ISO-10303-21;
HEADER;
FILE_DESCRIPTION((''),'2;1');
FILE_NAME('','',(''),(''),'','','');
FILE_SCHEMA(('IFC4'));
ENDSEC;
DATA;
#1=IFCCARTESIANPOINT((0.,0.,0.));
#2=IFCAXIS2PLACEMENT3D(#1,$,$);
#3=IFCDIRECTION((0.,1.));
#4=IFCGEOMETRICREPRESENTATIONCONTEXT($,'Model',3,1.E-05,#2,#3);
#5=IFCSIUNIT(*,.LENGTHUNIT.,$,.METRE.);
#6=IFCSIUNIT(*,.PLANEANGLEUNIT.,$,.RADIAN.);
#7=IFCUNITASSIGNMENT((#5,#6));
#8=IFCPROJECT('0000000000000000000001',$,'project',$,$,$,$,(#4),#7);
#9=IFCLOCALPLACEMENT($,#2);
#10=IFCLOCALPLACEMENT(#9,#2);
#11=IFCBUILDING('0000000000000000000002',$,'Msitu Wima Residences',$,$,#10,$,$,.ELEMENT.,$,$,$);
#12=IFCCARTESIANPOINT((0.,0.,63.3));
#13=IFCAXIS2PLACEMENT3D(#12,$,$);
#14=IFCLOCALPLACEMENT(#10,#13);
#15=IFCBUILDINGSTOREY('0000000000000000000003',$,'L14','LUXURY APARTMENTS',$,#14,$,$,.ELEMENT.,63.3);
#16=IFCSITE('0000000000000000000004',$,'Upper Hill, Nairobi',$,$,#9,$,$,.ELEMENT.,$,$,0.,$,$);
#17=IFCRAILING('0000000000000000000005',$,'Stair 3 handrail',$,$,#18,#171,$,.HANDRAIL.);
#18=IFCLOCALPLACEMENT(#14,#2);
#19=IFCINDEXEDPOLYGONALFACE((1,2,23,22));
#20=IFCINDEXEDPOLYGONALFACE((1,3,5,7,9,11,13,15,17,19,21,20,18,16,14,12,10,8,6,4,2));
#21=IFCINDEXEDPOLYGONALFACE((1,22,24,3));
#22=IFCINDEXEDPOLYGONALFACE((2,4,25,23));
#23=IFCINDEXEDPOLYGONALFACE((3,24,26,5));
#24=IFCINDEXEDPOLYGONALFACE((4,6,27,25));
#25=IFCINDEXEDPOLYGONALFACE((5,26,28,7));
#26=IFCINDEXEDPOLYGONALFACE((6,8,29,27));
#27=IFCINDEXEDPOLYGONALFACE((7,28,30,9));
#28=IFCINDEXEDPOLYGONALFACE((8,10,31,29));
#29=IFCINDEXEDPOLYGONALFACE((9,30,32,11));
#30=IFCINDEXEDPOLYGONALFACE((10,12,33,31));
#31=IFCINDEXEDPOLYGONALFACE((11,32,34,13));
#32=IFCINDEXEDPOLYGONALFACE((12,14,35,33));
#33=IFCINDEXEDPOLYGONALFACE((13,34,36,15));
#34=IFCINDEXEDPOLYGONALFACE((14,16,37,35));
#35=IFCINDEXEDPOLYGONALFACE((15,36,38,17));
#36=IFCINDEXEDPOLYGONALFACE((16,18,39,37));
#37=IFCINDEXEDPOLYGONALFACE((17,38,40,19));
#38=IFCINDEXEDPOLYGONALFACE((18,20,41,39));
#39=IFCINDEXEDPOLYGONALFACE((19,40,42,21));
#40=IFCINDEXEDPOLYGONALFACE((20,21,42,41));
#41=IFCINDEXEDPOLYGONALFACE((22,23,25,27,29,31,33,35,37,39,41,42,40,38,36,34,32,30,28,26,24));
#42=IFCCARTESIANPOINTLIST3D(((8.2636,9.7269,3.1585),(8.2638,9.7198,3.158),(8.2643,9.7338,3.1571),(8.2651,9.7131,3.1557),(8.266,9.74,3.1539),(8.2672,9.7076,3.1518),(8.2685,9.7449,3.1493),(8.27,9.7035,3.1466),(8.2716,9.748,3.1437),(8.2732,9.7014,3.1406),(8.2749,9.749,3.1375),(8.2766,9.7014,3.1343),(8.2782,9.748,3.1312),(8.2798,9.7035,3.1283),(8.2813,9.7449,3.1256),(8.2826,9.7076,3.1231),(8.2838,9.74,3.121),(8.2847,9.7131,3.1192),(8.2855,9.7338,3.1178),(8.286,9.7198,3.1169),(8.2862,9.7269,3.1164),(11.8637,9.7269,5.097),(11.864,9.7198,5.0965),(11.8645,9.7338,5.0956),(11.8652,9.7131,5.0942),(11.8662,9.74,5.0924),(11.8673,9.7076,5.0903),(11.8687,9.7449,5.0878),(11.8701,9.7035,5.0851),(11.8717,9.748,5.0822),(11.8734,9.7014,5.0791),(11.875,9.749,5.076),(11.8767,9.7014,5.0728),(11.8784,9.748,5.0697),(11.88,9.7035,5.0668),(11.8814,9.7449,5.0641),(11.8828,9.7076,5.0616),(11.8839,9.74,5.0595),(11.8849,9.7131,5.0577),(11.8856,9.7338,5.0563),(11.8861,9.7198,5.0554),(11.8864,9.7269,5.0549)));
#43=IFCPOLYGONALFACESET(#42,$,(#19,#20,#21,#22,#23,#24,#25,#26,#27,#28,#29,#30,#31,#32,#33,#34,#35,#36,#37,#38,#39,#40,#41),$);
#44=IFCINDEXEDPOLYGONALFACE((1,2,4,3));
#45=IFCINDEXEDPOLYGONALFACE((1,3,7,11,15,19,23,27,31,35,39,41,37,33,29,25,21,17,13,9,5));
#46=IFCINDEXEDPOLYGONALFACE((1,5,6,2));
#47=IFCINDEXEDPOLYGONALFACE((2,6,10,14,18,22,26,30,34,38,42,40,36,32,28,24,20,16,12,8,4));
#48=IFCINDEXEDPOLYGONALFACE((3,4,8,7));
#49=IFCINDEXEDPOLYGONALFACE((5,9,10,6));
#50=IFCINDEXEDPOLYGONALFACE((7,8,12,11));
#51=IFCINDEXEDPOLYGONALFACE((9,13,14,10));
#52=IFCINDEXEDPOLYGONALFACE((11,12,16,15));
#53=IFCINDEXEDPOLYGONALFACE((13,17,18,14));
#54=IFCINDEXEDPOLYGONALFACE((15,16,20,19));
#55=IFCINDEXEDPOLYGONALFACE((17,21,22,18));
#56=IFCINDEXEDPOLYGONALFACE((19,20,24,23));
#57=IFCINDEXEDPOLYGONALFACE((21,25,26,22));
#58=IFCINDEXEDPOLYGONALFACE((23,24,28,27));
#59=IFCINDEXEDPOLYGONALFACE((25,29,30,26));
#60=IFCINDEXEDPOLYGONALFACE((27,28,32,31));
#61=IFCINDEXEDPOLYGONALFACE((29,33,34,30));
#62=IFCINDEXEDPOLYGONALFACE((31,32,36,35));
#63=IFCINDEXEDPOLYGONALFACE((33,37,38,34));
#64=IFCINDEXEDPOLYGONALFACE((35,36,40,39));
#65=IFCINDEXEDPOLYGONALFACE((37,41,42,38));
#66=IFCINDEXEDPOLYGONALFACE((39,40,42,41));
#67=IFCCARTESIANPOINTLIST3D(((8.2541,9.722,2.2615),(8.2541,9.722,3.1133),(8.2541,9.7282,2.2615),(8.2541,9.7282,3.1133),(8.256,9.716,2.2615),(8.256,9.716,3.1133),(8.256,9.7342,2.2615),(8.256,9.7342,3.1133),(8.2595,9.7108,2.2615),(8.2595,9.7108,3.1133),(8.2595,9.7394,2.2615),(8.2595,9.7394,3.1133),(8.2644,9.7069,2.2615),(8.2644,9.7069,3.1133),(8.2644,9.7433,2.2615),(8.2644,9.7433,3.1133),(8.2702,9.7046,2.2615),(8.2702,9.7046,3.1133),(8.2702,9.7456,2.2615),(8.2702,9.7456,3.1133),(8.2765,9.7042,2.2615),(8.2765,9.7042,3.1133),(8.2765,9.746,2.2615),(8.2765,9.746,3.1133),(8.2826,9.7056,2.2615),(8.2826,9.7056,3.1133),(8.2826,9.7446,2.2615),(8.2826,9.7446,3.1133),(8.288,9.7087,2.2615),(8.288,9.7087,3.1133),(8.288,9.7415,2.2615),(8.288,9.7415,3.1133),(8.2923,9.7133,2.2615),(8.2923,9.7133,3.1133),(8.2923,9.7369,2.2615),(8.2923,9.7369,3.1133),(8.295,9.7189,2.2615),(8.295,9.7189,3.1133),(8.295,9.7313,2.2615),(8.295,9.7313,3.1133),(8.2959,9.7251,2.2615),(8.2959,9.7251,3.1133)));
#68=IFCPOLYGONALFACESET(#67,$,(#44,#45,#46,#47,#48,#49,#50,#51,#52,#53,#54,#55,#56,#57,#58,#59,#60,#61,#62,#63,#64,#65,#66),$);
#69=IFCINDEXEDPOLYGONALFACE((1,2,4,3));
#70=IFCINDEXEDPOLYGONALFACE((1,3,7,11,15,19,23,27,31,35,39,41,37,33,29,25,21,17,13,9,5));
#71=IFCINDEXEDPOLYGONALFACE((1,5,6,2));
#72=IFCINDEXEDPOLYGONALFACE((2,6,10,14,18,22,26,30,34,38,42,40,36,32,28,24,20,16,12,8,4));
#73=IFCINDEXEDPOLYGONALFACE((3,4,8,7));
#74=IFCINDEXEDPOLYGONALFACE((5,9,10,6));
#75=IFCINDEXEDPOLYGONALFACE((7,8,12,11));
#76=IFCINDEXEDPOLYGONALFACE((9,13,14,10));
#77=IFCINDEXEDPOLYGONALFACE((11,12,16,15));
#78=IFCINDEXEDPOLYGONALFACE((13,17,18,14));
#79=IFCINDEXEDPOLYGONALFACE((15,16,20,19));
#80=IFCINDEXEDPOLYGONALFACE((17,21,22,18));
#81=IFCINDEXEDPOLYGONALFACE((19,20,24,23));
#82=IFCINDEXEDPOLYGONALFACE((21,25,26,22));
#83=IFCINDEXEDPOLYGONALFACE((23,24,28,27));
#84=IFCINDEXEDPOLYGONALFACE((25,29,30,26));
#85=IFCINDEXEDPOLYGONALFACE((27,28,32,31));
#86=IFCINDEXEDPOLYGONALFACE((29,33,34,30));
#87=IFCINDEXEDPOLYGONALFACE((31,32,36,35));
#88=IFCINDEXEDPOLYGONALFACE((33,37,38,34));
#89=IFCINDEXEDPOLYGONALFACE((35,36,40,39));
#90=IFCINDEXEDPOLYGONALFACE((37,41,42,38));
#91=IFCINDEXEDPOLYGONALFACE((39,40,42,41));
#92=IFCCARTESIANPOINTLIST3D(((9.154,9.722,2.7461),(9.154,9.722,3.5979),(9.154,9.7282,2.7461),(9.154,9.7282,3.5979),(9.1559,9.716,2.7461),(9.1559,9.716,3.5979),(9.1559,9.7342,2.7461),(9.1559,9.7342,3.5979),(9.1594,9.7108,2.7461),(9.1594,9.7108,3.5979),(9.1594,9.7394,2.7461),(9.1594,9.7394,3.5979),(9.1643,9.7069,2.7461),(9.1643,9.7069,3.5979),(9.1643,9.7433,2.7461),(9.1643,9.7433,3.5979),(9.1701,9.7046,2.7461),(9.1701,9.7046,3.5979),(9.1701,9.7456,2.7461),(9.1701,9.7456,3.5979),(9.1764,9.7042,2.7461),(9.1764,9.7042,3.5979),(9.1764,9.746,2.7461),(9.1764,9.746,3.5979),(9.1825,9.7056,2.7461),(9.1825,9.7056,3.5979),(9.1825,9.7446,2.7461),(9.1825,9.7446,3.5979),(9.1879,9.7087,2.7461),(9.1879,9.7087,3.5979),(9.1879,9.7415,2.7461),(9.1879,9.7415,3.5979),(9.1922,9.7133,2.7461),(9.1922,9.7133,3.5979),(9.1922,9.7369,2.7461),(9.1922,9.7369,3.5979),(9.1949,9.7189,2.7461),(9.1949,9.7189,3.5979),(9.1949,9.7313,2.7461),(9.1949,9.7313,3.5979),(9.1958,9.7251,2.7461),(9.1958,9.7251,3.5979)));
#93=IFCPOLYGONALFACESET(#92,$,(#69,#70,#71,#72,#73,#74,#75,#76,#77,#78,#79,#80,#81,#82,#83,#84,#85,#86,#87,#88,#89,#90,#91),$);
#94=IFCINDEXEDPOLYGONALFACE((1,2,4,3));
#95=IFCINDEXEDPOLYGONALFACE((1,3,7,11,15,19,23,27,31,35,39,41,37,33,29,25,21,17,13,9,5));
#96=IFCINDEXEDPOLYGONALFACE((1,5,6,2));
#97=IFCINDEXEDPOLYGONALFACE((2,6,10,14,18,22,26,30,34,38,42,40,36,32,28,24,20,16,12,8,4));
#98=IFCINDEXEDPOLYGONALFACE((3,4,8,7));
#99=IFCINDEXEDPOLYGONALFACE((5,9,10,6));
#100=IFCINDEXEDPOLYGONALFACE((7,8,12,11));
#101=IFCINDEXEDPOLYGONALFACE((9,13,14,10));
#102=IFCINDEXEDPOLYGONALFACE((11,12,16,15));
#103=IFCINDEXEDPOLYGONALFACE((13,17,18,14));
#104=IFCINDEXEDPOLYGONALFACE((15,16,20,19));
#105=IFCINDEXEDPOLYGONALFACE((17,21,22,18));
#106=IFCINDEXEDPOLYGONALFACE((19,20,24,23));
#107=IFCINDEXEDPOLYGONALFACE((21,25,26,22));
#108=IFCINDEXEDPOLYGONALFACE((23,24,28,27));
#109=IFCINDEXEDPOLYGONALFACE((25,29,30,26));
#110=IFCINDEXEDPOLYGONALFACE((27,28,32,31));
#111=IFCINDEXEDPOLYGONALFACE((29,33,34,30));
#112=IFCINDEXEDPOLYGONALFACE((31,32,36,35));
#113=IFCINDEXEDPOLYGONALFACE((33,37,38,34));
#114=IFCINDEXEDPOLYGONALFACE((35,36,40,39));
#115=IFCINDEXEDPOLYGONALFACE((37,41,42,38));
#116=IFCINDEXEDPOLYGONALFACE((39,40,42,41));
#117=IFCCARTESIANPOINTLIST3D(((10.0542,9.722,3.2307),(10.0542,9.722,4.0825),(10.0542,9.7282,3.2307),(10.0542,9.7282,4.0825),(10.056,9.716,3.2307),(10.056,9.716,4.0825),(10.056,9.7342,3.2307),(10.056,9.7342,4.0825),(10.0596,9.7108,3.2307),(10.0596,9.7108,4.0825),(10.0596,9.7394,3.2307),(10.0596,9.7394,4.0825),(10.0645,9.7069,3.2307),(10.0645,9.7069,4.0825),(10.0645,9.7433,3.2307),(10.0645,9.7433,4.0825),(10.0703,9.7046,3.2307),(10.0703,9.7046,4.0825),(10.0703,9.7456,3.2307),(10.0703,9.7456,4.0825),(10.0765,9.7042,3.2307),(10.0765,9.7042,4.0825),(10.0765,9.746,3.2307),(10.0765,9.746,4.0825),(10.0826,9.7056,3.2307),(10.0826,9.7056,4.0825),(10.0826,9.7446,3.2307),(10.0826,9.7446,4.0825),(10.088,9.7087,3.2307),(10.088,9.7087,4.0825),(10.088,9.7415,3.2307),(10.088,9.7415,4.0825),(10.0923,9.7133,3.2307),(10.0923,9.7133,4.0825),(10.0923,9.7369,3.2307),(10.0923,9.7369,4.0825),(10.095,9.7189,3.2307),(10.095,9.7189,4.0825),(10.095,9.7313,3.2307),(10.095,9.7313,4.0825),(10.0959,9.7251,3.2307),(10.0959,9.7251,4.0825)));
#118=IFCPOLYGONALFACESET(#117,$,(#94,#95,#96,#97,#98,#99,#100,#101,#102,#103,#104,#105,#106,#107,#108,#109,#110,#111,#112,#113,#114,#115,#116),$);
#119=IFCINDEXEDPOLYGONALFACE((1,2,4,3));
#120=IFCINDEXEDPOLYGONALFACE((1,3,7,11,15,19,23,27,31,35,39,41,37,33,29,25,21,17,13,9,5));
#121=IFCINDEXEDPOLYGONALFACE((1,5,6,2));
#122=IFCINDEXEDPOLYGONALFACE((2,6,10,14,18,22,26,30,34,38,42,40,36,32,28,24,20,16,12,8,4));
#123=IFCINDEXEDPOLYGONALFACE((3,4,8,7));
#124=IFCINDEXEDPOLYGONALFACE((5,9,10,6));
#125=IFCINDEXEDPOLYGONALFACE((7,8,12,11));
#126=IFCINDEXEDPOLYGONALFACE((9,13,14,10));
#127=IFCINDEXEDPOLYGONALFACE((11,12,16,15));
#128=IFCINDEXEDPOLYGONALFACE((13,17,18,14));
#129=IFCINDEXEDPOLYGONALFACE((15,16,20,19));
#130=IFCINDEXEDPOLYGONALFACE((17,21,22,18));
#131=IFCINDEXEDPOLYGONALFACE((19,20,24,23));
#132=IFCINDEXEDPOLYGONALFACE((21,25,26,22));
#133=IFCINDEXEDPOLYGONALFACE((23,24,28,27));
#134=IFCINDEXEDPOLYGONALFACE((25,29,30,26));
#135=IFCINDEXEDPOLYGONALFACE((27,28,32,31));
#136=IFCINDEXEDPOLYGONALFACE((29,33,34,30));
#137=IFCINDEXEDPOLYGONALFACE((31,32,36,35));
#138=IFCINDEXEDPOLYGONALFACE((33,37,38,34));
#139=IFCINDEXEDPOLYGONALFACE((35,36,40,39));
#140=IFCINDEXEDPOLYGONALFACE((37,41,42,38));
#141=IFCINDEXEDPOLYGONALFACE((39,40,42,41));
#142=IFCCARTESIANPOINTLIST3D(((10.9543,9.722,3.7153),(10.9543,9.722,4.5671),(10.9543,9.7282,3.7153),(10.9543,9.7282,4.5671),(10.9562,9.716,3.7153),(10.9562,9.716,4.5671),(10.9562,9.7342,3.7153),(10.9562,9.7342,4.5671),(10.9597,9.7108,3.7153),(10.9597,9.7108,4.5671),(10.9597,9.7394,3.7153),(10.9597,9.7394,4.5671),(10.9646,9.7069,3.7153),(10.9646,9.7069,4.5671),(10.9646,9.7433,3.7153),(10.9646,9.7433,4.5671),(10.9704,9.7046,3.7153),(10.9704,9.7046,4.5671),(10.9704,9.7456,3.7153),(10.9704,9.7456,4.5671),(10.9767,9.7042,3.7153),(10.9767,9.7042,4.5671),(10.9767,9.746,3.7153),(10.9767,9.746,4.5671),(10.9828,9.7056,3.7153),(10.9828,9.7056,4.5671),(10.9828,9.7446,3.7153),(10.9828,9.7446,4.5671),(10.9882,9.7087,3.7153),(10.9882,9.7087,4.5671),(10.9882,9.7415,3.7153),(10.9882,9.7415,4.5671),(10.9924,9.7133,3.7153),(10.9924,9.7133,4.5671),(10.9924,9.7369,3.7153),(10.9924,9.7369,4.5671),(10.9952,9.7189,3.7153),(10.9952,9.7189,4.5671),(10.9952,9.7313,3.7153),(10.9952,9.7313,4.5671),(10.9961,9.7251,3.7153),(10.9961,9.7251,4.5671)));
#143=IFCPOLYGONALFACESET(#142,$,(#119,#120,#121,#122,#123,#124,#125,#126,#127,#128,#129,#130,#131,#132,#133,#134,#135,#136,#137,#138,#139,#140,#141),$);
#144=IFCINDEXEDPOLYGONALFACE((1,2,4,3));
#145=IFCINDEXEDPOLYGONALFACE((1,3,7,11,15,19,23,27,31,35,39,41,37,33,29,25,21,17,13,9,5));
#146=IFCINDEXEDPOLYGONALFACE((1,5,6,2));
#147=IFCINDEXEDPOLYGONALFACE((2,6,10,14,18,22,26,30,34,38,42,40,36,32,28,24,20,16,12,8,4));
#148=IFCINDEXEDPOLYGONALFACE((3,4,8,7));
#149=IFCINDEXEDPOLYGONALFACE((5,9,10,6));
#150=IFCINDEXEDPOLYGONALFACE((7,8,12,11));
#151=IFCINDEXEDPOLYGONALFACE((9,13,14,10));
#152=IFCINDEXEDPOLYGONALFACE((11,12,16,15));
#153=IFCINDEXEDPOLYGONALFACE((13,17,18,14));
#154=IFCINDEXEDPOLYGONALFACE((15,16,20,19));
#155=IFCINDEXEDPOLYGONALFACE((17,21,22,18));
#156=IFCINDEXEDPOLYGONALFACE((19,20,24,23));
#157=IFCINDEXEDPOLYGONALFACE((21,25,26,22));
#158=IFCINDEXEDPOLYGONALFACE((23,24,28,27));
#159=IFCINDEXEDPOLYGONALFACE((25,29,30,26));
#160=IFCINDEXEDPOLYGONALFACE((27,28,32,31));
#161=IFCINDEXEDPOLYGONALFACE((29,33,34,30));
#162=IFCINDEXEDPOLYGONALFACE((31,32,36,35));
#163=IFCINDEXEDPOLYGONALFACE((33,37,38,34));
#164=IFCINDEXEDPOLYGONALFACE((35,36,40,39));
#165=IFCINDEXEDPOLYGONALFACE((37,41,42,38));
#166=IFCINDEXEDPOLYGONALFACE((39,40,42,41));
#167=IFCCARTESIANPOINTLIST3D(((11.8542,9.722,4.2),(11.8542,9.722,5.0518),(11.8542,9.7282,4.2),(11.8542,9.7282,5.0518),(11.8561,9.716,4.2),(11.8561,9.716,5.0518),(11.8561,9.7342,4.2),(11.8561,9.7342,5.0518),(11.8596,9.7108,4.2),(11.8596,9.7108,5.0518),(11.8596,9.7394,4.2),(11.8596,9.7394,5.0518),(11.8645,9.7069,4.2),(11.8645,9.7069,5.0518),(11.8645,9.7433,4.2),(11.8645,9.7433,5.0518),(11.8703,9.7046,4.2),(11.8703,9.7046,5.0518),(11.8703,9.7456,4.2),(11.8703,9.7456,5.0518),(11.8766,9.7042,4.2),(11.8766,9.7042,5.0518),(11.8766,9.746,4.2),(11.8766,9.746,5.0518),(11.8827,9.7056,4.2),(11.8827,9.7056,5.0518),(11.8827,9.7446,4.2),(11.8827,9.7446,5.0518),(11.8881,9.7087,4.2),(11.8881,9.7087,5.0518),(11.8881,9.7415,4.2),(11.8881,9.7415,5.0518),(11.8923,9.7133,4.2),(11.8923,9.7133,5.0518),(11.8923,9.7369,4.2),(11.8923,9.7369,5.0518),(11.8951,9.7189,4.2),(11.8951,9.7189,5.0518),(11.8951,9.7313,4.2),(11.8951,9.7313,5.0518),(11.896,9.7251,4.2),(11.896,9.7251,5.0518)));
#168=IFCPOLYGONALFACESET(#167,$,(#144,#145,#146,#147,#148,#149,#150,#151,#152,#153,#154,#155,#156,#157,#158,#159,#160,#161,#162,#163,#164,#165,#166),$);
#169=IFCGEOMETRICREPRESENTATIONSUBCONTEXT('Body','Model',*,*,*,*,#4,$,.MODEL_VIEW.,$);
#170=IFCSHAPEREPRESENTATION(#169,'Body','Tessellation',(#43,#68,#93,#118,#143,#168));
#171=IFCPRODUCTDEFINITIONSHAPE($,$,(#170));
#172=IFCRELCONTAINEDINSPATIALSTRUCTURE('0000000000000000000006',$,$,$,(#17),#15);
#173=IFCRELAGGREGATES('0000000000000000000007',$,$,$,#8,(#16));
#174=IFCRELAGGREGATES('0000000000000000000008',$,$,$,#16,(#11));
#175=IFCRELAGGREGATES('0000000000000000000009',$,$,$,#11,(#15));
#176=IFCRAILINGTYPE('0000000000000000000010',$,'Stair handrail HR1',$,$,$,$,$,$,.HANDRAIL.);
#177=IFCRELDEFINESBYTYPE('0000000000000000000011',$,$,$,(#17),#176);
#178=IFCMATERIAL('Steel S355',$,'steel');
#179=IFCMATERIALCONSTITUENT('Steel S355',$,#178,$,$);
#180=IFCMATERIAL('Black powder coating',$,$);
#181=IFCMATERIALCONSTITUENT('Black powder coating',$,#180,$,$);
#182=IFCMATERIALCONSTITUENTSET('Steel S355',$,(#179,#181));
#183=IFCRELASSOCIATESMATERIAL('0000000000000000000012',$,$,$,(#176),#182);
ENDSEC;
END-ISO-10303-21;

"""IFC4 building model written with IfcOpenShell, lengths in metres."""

from ifc_helpers import new_model, si_unit, direction, frame, origin, origin_2d, place, context, subcontext, project, spatial, circle, extrude, material, constituent, constituent_set, type_object, element, save


model = new_model("IFC4")

# Units and contexts
model_context = context("Model", 3, precision=1e-05, world=origin(), true_north=direction((0.0, 1.0)))
body_context = subcontext(model_context, "Body", "Model", "MODEL_VIEW")
ifc_project = project(units=[si_unit("LENGTHUNIT", "METRE"), si_unit("PLANEANGLEUNIT", "RADIAN")], contexts=[model_context])

# Site, building, storey
site_placement = place(None, origin())
site = spatial("IfcSite", under=ifc_project, at=site_placement, Name="Upper Hill, Nairobi", CompositionType="ELEMENT", RefElevation=0.0)
building_placement = place(site_placement, origin())
building = spatial("IfcBuilding", under=site, at=building_placement, Name="Msitu Wima Residences", CompositionType="ELEMENT")
storey_placement = place(building_placement, frame((0.0, 0.0, 63.3)))
storey = spatial("IfcBuildingStorey", under=building, at=storey_placement, Name="L14", Description="LUXURY APARTMENTS", CompositionType="ELEMENT", Elevation=63.3)

# Railing
ifc_material_1 = material(Name="Steel S355", Category="steel")
ifc_constituent_1 = constituent(ifc_material_1, Name="Steel S355")
ifc_material_2 = material(Name="Black powder coating")
ifc_constituent_2 = constituent(ifc_material_2, Name="Black powder coating")
ifc_constituent_set = constituent_set(constituents=[ifc_constituent_1, ifc_constituent_2], Name="Steel S355")
railing_type = type_object("IfcRailingType", Name="Stair handrail HR1", PredefinedType="HANDRAIL", material=ifc_constituent_set)
for number, where, name in (
    (1, (8.2749, 9.7251, 2.2615), "Stair 3 handrail"),
):
    element("IfcRailing", number, at=place(storey_placement, frame(where)), inside=storey, type_object=railing_type, Name=name, PredefinedType="HANDRAIL", context=body_context, shape_type="SweptSolid", body=[
        extrude(circle(Radius=0.0239, at=origin_2d()), frame((0.0, 0.0, 0.876), z_axis=(0.880475, 0.0, 0.474093), x_axis=(0.0, 1.0, 0.0)), (0.0, 0.0, 1.0), 4.0889),
        extrude(circle(Radius=0.021, at=origin_2d()), origin(), (0.0, 0.0, 1.0), 0.8518),
        extrude(circle(Radius=0.021, at=origin_2d()), frame((0.8999, 0.0, 0.4846)), (0.0, 0.0, 1.0), 0.8518),
        extrude(circle(Radius=0.021, at=origin_2d()), frame((1.8, 0.0, 0.9692)), (0.0, 0.0, 1.0), 0.8518),
        extrude(circle(Radius=0.021, at=origin_2d()), frame((2.7002, 0.0, 1.4539)), (0.0, 0.0, 1.0), 0.8518),
        extrude(circle(Radius=0.021, at=origin_2d()), frame((3.6001, 0.0, 1.9385)), (0.0, 0.0, 1.0), 0.8518),
    ])

save(model, "model.ifc")
